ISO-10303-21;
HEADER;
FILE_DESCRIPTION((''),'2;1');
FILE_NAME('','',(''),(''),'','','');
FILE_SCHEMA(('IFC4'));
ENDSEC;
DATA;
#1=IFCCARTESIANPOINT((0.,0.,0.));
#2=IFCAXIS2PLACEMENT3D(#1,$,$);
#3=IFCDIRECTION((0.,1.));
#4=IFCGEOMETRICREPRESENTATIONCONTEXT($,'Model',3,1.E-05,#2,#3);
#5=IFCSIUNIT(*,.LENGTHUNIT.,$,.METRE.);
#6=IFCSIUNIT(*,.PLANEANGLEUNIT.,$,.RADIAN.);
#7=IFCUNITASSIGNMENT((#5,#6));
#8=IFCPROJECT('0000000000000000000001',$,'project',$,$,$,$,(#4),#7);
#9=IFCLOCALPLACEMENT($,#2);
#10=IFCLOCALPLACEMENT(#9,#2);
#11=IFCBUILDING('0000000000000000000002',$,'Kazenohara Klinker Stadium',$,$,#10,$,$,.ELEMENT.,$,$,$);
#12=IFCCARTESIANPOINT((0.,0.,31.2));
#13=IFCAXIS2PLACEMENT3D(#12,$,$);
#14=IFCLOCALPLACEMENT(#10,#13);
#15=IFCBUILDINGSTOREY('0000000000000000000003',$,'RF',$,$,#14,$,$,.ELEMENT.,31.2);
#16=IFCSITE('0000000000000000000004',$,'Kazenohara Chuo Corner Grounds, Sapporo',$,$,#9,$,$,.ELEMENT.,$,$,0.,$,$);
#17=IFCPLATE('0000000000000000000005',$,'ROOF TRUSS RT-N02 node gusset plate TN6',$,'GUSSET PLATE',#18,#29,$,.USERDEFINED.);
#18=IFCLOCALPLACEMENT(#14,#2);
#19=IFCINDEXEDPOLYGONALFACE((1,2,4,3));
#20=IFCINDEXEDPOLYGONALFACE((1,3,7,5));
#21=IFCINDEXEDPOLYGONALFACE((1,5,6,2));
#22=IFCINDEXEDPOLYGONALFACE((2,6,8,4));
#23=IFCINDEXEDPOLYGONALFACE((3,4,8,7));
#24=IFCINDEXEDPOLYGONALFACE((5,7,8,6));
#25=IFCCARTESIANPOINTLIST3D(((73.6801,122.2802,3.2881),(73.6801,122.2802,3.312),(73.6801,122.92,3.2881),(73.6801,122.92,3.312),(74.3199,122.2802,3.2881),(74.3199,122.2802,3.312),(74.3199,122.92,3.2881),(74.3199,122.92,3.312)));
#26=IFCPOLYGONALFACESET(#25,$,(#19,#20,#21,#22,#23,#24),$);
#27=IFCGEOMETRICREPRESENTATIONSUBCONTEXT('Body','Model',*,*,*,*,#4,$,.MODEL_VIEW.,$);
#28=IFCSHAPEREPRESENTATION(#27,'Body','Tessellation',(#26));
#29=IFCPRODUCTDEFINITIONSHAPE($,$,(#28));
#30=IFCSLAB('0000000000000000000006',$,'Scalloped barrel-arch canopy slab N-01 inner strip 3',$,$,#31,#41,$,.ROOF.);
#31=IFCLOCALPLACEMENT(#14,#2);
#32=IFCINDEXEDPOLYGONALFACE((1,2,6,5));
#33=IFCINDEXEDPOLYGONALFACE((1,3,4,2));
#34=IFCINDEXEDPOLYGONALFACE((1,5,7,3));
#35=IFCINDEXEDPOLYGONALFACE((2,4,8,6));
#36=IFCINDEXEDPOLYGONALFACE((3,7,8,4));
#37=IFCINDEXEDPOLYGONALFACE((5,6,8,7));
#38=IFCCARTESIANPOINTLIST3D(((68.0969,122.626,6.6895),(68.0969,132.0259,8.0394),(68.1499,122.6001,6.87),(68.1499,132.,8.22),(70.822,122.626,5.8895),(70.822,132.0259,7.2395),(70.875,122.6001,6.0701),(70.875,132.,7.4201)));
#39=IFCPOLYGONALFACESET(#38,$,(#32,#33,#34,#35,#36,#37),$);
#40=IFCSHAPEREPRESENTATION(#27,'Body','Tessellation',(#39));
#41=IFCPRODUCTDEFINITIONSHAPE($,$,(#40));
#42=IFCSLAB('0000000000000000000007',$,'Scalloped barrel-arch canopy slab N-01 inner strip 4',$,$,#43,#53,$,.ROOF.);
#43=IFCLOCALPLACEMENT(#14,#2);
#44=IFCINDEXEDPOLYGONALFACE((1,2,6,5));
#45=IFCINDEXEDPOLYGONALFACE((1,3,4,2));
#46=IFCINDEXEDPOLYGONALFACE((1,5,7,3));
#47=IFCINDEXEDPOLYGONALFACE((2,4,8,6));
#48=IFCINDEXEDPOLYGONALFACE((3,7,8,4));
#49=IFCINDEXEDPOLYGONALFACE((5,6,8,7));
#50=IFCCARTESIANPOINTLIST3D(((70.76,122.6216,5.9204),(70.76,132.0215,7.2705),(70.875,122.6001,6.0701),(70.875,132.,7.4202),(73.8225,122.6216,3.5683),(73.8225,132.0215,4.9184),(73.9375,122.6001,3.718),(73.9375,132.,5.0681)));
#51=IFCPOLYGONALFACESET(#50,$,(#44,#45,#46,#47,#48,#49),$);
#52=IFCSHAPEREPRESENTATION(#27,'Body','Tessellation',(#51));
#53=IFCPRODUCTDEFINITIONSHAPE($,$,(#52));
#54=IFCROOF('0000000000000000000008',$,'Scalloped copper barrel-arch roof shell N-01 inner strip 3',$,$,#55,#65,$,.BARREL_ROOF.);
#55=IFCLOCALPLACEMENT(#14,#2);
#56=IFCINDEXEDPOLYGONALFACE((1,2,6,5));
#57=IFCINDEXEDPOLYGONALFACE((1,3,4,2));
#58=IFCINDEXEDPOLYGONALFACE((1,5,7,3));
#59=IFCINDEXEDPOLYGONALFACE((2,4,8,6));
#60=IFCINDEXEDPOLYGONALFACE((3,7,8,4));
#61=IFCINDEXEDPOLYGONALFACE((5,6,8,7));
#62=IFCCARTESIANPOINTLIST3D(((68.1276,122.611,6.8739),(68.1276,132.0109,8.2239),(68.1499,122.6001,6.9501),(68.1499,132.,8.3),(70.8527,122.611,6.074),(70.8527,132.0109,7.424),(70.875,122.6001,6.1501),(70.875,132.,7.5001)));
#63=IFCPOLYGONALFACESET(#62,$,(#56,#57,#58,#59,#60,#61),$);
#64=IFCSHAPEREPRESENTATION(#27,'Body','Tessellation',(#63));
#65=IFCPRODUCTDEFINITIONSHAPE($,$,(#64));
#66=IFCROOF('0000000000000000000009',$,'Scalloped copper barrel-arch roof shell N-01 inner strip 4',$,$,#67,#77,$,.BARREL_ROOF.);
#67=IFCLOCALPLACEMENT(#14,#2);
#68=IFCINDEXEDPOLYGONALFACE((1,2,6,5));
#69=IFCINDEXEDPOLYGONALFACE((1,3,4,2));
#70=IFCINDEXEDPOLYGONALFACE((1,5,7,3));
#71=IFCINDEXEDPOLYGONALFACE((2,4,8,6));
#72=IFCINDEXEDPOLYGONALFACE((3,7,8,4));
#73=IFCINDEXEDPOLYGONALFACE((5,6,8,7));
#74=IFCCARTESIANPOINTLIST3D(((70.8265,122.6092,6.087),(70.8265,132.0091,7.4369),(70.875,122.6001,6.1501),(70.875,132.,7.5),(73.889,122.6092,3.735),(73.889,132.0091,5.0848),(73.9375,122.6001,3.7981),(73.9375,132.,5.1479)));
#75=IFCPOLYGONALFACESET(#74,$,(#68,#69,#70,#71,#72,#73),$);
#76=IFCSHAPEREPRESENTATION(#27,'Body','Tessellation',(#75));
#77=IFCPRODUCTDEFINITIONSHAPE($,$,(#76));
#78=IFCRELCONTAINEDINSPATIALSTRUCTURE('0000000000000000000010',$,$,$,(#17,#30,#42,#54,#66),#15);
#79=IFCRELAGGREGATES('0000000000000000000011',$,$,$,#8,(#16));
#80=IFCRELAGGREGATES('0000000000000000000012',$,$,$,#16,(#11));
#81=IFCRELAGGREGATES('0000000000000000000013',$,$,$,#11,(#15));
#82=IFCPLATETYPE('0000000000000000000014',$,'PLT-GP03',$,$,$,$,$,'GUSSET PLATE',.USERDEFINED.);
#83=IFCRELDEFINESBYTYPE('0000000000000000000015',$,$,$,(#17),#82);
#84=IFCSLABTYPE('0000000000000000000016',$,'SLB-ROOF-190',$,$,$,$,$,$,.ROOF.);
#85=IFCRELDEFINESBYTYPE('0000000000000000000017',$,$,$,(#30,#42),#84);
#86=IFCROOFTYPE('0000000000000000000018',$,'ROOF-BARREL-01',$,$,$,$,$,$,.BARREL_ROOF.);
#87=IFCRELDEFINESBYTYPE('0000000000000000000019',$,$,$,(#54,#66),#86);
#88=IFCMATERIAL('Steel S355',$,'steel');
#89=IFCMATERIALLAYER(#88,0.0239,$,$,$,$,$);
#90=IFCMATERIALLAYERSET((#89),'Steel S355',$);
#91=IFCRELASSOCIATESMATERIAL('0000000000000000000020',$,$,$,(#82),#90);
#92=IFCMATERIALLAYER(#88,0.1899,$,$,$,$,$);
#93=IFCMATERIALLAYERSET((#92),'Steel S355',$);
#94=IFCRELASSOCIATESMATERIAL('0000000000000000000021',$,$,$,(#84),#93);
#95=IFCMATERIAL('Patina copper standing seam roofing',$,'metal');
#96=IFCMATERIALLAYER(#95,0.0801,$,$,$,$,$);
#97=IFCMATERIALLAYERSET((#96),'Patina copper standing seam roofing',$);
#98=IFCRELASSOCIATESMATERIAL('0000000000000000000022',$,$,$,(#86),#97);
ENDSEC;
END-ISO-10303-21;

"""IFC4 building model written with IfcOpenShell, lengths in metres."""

from ifc_helpers import new_model, si_unit, direction, frame, origin, origin_2d, place, context, subcontext, project, spatial, polyline, rectangle, outline, extrude, material, layer, layer_set, type_object, element, save


model = new_model("IFC4")

# Units and contexts
model_context = context("Model", 3, precision=1e-05, world=origin(), true_north=direction((0.0, 1.0)))
body_context = subcontext(model_context, "Body", "Model", "MODEL_VIEW")
ifc_project = project(units=[si_unit("LENGTHUNIT", "METRE"), si_unit("PLANEANGLEUNIT", "RADIAN")], contexts=[model_context])

# Site, building, storey
site_placement = place(None, origin())
site = spatial("IfcSite", under=ifc_project, at=site_placement, Name="Kazenohara Chuo Corner Grounds, Sapporo", CompositionType="ELEMENT", RefElevation=0.0)
building_placement = place(site_placement, origin())
building = spatial("IfcBuilding", under=site, at=building_placement, Name="Kazenohara Klinker Stadium", CompositionType="ELEMENT")
storey_placement = place(building_placement, frame((0.0, 0.0, 31.2)))
storey = spatial("IfcBuildingStorey", under=building, at=storey_placement, Name="RF", CompositionType="ELEMENT", Elevation=31.2)

# Shared definitions
ifc_material_1 = material(Name="Steel S355", Category="steel")

# Plate
ifc_layer_1 = layer(ifc_material_1, 0.0239)
ifc_layer_set_1 = layer_set([ifc_layer_1], Name="Steel S355")
plate_type_1 = type_object("IfcPlateType", Name="PLT-GP03", ElementType="GUSSET PLATE", PredefinedType="USERDEFINED", material=ifc_layer_set_1)
for number, where, z_axis, x_axis, name in (
    (1, (74.0, 122.6001, 3.2881), (0.0, 0.0, 1.0), (1.0, 0.0, 0.0), "ROOF TRUSS RT-N02 node gusset plate TN6"),
):
    element("IfcPlate", number, at=place(storey_placement, frame(where, z_axis=z_axis, x_axis=x_axis)), inside=storey, type_object=plate_type_1, Name=name, ObjectType="GUSSET PLATE", PredefinedType="USERDEFINED", context=body_context, shape_type="SweptSolid", body=[
        extrude(rectangle(XDim=0.6399, YDim=0.6399, at=origin_2d()), origin(), (0.0, 0.0, 1.0), 0.0239),
    ])

# Slabs
ifc_layer_2 = layer(ifc_material_1, 0.1899)
ifc_layer_set_2 = layer_set([ifc_layer_2], Name="Steel S355")
slab_type = type_object("IfcSlabType", Name="SLB-ROOF-190", PredefinedType="ROOF", material=ifc_layer_set_2)
slab_1_placement = place(storey_placement, frame((68.1499, 132.0, 8.22), z_axis=(0.27902, -0.136512, 0.950533), x_axis=(-0.000003, -0.989844, -0.142156)))
element("IfcSlab", 2, at=slab_1_placement, inside=storey, type_object=slab_type, Name="Scalloped barrel-arch canopy slab N-01 inner strip 3", PredefinedType="ROOF", context=body_context, shape_type="SweptSolid", body=[
    extrude(outline(polyline([(0.0, 0.0), (9.4963, 0.0), (9.6101, 2.8378), (0.1137, 2.8378), (0.0, 0.0)])), origin(), (0.0, 0.0, -1.0), 0.1899),
])
slab_2_placement = place(storey_placement, frame((70.875, 132.0, 7.4202), z_axis=(0.605192, -0.113179, 0.787993), x_axis=(0.0, -0.989842, -0.14217)))
element("IfcSlab", 3, at=slab_2_placement, inside=storey, type_object=slab_type, Name="Scalloped barrel-arch canopy slab N-01 inner strip 4", PredefinedType="ROOF", context=body_context, shape_type="SweptSolid", body=[
    extrude(outline(polyline([(0.0, 0.0), (9.4964, 0.0), (9.8308, 3.847), (0.3344, 3.847), (0.0, 0.0)])), origin(), (0.0, 0.0, -1.0), 0.1899),
])

# Roofs
ifc_material_2 = material(Name="Patina copper standing seam roofing", Category="metal")
ifc_layer_3 = layer(ifc_material_2, 0.0801)
ifc_layer_set_3 = layer_set([ifc_layer_3], Name="Patina copper standing seam roofing")
roof_type = type_object("IfcRoofType", Name="ROOF-BARREL-01", PredefinedType="BARREL_ROOF", material=ifc_layer_set_3)
roof_1_placement = place(storey_placement, frame((68.1499, 132.0, 8.3), z_axis=(0.27902, -0.136512, 0.950533), x_axis=(0.000003, -0.989844, -0.142158)))
element("IfcRoof", 4, at=roof_1_placement, inside=storey, type_object=roof_type, Name="Scalloped copper barrel-arch roof shell N-01 inner strip 3", PredefinedType="BARREL_ROOF", context=body_context, shape_type="SweptSolid", body=[
    extrude(outline(polyline([(0.0, 0.0), (9.4964, 0.0), (9.6101, 2.8378), (0.1137, 2.8378), (0.0, 0.0)])), origin(), (0.0, 0.0, -1.0), 0.0801),
])
roof_2_placement = place(storey_placement, frame((70.875, 132.0, 7.5), z_axis=(0.605193, -0.113158, 0.787995), x_axis=(0.0, -0.989846, -0.142145)))
element("IfcRoof", 5, at=roof_2_placement, inside=storey, type_object=roof_type, Name="Scalloped copper barrel-arch roof shell N-01 inner strip 4", PredefinedType="BARREL_ROOF", context=body_context, shape_type="SweptSolid", body=[
    extrude(outline(polyline([(0.0, 0.0), (9.4963, 0.0), (9.8307, 3.847), (0.3343, 3.847), (0.0, 0.0)])), origin(), (0.0, 0.0, -1.0), 0.0801),
])

save(model, "model.ifc")
